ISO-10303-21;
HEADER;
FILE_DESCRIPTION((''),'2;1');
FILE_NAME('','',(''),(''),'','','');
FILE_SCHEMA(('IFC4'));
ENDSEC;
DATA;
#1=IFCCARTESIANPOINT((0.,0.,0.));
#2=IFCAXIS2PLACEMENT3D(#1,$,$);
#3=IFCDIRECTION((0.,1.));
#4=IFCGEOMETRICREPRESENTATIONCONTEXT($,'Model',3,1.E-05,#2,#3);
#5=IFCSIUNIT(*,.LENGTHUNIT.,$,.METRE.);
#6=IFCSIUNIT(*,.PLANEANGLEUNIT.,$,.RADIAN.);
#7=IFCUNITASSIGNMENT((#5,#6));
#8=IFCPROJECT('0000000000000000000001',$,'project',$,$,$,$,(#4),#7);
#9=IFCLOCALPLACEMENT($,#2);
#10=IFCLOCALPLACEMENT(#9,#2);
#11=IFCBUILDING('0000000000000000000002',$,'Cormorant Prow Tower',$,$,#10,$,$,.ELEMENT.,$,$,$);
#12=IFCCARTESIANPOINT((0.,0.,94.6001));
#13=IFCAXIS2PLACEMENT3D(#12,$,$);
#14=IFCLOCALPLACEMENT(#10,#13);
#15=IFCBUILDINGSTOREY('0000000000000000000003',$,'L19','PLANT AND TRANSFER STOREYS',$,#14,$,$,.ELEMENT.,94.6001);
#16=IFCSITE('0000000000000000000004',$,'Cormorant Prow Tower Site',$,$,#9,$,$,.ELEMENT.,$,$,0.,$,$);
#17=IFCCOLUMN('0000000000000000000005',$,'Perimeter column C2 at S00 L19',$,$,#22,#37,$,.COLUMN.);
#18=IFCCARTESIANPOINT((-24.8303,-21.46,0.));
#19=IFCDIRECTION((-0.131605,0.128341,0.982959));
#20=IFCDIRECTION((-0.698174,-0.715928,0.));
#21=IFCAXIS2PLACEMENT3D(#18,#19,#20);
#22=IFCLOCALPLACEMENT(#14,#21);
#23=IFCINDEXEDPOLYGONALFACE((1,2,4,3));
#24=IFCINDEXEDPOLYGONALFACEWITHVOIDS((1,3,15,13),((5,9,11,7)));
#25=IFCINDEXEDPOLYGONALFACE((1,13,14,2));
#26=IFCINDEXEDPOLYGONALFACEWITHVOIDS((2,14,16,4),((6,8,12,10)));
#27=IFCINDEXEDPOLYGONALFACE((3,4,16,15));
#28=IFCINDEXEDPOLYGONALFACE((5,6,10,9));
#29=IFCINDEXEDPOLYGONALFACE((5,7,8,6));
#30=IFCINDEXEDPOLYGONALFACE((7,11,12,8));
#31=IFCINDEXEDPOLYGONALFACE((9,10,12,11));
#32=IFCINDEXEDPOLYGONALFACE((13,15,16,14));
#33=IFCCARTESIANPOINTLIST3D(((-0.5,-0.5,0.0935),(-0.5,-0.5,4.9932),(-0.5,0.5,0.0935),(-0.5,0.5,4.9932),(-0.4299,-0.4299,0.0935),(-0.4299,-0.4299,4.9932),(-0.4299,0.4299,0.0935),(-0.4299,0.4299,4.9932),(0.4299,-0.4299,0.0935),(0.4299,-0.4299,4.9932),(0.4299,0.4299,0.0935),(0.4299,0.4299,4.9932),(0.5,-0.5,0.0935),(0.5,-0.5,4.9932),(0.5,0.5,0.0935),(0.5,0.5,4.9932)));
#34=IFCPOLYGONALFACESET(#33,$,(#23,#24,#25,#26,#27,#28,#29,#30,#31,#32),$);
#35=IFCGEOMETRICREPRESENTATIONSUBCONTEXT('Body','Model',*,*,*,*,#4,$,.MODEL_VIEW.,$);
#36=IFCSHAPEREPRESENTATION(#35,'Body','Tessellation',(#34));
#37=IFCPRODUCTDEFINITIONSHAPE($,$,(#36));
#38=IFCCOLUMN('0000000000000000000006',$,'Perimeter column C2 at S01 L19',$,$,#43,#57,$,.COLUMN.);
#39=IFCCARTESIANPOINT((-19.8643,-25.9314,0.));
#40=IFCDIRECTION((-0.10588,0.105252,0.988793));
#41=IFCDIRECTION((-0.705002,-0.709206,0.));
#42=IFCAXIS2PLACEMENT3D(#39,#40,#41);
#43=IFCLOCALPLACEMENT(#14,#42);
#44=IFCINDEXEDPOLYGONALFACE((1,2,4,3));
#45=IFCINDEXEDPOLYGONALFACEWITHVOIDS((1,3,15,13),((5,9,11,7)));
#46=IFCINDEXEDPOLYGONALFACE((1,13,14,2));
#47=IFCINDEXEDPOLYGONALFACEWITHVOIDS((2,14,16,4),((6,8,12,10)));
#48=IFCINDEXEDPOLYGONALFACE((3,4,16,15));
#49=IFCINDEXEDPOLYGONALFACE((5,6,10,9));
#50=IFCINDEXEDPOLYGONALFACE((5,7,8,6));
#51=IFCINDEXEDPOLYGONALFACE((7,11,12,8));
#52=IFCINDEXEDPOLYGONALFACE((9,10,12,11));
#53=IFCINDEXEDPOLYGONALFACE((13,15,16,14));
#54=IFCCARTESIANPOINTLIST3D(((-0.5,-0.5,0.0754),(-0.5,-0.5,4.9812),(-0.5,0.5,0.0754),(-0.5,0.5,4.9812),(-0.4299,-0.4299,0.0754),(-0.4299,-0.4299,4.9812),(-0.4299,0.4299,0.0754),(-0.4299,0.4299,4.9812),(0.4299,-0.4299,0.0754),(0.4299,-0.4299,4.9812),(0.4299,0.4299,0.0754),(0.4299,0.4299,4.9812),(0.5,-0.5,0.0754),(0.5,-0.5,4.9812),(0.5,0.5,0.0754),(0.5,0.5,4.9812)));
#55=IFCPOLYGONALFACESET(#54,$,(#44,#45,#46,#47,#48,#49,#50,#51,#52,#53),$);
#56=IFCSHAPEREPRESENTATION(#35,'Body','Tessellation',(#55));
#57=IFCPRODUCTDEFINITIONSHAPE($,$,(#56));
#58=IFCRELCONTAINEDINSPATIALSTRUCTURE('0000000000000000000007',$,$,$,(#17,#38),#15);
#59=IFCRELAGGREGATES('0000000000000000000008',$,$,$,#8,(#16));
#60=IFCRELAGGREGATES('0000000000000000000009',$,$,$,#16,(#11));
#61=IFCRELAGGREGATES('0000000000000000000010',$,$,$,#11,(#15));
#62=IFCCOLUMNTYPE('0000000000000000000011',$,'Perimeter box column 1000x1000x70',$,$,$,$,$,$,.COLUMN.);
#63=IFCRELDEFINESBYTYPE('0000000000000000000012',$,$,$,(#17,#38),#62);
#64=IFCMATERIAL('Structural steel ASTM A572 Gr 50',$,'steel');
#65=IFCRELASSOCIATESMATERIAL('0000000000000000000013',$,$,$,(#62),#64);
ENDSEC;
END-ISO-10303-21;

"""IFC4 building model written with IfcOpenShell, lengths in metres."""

from ifc_helpers import new_model, si_unit, direction, frame, origin, origin_2d, place, context, subcontext, project, spatial, hollow_rectangle, extrude, material, material_profile, profile_set, type_object, element, save


model = new_model("IFC4")

# Units and contexts
model_context = context("Model", 3, precision=1e-05, world=origin(), true_north=direction((0.0, 1.0)))
body_context = subcontext(model_context, "Body", "Model", "MODEL_VIEW")
ifc_project = project(units=[si_unit("LENGTHUNIT", "METRE"), si_unit("PLANEANGLEUNIT", "RADIAN")], contexts=[model_context])

# Site, building, storey
site_placement = place(None, origin())
site = spatial("IfcSite", under=ifc_project, at=site_placement, Name="Cormorant Prow Tower Site", CompositionType="ELEMENT", RefElevation=0.0)
building_placement = place(site_placement, origin())
building = spatial("IfcBuilding", under=site, at=building_placement, Name="Cormorant Prow Tower", CompositionType="ELEMENT")
storey_placement = place(building_placement, frame((0.0, 0.0, 94.6001)))
storey = spatial("IfcBuildingStorey", under=building, at=storey_placement, Name="L19", Description="PLANT AND TRANSFER STOREYS", CompositionType="ELEMENT", Elevation=94.6001)

# Columns
ifc_material_1 = material(Name="Structural steel ASTM A572 Gr 50", Category="steel")
ifc_material_profile_1 = material_profile(ifc_material_1, hollow_rectangle(XDim=1.0, YDim=1.0, WallThickness=0.0701, at=origin_2d()), Name="Box 1000x1000x70")
ifc_profile_set_1 = profile_set([ifc_material_profile_1], Name="Structural steel ASTM A572 Gr 50")
column_type = type_object("IfcColumnType", Name="Perimeter box column 1000x1000x70", PredefinedType="COLUMN", material=ifc_profile_set_1)
column_1_placement = place(storey_placement, frame((-24.8303, -21.46, 0.0), z_axis=(-0.131605, 0.128341, 0.982959), x_axis=(-0.698174, -0.715928, 0.0)))
element("IfcColumn", 1, at=column_1_placement, inside=storey, type_object=column_type, Name="Perimeter column C2 at S00 L19", PredefinedType="COLUMN", context=body_context, shape_type="SweptSolid", body=[
    extrude(hollow_rectangle(XDim=1.0, YDim=1.0, WallThickness=0.0701, at=origin_2d()), frame((0.0, 0.0, 0.0935)), (0.0, 0.0, 1.0), 4.8997),
])
column_2_placement = place(storey_placement, frame((-19.8643, -25.9314, 0.0), z_axis=(-0.10588, 0.105252, 0.988793), x_axis=(-0.705002, -0.709206, 0.0)))
element("IfcColumn", 2, at=column_2_placement, inside=storey, type_object=column_type, Name="Perimeter column C2 at S01 L19", PredefinedType="COLUMN", context=body_context, shape_type="SweptSolid", body=[
    extrude(hollow_rectangle(XDim=1.0, YDim=1.0, WallThickness=0.0701, at=origin_2d()), frame((0.0, 0.0, 0.0754)), (0.0, 0.0, 1.0), 4.9058),
])

save(model, "model.ifc")
